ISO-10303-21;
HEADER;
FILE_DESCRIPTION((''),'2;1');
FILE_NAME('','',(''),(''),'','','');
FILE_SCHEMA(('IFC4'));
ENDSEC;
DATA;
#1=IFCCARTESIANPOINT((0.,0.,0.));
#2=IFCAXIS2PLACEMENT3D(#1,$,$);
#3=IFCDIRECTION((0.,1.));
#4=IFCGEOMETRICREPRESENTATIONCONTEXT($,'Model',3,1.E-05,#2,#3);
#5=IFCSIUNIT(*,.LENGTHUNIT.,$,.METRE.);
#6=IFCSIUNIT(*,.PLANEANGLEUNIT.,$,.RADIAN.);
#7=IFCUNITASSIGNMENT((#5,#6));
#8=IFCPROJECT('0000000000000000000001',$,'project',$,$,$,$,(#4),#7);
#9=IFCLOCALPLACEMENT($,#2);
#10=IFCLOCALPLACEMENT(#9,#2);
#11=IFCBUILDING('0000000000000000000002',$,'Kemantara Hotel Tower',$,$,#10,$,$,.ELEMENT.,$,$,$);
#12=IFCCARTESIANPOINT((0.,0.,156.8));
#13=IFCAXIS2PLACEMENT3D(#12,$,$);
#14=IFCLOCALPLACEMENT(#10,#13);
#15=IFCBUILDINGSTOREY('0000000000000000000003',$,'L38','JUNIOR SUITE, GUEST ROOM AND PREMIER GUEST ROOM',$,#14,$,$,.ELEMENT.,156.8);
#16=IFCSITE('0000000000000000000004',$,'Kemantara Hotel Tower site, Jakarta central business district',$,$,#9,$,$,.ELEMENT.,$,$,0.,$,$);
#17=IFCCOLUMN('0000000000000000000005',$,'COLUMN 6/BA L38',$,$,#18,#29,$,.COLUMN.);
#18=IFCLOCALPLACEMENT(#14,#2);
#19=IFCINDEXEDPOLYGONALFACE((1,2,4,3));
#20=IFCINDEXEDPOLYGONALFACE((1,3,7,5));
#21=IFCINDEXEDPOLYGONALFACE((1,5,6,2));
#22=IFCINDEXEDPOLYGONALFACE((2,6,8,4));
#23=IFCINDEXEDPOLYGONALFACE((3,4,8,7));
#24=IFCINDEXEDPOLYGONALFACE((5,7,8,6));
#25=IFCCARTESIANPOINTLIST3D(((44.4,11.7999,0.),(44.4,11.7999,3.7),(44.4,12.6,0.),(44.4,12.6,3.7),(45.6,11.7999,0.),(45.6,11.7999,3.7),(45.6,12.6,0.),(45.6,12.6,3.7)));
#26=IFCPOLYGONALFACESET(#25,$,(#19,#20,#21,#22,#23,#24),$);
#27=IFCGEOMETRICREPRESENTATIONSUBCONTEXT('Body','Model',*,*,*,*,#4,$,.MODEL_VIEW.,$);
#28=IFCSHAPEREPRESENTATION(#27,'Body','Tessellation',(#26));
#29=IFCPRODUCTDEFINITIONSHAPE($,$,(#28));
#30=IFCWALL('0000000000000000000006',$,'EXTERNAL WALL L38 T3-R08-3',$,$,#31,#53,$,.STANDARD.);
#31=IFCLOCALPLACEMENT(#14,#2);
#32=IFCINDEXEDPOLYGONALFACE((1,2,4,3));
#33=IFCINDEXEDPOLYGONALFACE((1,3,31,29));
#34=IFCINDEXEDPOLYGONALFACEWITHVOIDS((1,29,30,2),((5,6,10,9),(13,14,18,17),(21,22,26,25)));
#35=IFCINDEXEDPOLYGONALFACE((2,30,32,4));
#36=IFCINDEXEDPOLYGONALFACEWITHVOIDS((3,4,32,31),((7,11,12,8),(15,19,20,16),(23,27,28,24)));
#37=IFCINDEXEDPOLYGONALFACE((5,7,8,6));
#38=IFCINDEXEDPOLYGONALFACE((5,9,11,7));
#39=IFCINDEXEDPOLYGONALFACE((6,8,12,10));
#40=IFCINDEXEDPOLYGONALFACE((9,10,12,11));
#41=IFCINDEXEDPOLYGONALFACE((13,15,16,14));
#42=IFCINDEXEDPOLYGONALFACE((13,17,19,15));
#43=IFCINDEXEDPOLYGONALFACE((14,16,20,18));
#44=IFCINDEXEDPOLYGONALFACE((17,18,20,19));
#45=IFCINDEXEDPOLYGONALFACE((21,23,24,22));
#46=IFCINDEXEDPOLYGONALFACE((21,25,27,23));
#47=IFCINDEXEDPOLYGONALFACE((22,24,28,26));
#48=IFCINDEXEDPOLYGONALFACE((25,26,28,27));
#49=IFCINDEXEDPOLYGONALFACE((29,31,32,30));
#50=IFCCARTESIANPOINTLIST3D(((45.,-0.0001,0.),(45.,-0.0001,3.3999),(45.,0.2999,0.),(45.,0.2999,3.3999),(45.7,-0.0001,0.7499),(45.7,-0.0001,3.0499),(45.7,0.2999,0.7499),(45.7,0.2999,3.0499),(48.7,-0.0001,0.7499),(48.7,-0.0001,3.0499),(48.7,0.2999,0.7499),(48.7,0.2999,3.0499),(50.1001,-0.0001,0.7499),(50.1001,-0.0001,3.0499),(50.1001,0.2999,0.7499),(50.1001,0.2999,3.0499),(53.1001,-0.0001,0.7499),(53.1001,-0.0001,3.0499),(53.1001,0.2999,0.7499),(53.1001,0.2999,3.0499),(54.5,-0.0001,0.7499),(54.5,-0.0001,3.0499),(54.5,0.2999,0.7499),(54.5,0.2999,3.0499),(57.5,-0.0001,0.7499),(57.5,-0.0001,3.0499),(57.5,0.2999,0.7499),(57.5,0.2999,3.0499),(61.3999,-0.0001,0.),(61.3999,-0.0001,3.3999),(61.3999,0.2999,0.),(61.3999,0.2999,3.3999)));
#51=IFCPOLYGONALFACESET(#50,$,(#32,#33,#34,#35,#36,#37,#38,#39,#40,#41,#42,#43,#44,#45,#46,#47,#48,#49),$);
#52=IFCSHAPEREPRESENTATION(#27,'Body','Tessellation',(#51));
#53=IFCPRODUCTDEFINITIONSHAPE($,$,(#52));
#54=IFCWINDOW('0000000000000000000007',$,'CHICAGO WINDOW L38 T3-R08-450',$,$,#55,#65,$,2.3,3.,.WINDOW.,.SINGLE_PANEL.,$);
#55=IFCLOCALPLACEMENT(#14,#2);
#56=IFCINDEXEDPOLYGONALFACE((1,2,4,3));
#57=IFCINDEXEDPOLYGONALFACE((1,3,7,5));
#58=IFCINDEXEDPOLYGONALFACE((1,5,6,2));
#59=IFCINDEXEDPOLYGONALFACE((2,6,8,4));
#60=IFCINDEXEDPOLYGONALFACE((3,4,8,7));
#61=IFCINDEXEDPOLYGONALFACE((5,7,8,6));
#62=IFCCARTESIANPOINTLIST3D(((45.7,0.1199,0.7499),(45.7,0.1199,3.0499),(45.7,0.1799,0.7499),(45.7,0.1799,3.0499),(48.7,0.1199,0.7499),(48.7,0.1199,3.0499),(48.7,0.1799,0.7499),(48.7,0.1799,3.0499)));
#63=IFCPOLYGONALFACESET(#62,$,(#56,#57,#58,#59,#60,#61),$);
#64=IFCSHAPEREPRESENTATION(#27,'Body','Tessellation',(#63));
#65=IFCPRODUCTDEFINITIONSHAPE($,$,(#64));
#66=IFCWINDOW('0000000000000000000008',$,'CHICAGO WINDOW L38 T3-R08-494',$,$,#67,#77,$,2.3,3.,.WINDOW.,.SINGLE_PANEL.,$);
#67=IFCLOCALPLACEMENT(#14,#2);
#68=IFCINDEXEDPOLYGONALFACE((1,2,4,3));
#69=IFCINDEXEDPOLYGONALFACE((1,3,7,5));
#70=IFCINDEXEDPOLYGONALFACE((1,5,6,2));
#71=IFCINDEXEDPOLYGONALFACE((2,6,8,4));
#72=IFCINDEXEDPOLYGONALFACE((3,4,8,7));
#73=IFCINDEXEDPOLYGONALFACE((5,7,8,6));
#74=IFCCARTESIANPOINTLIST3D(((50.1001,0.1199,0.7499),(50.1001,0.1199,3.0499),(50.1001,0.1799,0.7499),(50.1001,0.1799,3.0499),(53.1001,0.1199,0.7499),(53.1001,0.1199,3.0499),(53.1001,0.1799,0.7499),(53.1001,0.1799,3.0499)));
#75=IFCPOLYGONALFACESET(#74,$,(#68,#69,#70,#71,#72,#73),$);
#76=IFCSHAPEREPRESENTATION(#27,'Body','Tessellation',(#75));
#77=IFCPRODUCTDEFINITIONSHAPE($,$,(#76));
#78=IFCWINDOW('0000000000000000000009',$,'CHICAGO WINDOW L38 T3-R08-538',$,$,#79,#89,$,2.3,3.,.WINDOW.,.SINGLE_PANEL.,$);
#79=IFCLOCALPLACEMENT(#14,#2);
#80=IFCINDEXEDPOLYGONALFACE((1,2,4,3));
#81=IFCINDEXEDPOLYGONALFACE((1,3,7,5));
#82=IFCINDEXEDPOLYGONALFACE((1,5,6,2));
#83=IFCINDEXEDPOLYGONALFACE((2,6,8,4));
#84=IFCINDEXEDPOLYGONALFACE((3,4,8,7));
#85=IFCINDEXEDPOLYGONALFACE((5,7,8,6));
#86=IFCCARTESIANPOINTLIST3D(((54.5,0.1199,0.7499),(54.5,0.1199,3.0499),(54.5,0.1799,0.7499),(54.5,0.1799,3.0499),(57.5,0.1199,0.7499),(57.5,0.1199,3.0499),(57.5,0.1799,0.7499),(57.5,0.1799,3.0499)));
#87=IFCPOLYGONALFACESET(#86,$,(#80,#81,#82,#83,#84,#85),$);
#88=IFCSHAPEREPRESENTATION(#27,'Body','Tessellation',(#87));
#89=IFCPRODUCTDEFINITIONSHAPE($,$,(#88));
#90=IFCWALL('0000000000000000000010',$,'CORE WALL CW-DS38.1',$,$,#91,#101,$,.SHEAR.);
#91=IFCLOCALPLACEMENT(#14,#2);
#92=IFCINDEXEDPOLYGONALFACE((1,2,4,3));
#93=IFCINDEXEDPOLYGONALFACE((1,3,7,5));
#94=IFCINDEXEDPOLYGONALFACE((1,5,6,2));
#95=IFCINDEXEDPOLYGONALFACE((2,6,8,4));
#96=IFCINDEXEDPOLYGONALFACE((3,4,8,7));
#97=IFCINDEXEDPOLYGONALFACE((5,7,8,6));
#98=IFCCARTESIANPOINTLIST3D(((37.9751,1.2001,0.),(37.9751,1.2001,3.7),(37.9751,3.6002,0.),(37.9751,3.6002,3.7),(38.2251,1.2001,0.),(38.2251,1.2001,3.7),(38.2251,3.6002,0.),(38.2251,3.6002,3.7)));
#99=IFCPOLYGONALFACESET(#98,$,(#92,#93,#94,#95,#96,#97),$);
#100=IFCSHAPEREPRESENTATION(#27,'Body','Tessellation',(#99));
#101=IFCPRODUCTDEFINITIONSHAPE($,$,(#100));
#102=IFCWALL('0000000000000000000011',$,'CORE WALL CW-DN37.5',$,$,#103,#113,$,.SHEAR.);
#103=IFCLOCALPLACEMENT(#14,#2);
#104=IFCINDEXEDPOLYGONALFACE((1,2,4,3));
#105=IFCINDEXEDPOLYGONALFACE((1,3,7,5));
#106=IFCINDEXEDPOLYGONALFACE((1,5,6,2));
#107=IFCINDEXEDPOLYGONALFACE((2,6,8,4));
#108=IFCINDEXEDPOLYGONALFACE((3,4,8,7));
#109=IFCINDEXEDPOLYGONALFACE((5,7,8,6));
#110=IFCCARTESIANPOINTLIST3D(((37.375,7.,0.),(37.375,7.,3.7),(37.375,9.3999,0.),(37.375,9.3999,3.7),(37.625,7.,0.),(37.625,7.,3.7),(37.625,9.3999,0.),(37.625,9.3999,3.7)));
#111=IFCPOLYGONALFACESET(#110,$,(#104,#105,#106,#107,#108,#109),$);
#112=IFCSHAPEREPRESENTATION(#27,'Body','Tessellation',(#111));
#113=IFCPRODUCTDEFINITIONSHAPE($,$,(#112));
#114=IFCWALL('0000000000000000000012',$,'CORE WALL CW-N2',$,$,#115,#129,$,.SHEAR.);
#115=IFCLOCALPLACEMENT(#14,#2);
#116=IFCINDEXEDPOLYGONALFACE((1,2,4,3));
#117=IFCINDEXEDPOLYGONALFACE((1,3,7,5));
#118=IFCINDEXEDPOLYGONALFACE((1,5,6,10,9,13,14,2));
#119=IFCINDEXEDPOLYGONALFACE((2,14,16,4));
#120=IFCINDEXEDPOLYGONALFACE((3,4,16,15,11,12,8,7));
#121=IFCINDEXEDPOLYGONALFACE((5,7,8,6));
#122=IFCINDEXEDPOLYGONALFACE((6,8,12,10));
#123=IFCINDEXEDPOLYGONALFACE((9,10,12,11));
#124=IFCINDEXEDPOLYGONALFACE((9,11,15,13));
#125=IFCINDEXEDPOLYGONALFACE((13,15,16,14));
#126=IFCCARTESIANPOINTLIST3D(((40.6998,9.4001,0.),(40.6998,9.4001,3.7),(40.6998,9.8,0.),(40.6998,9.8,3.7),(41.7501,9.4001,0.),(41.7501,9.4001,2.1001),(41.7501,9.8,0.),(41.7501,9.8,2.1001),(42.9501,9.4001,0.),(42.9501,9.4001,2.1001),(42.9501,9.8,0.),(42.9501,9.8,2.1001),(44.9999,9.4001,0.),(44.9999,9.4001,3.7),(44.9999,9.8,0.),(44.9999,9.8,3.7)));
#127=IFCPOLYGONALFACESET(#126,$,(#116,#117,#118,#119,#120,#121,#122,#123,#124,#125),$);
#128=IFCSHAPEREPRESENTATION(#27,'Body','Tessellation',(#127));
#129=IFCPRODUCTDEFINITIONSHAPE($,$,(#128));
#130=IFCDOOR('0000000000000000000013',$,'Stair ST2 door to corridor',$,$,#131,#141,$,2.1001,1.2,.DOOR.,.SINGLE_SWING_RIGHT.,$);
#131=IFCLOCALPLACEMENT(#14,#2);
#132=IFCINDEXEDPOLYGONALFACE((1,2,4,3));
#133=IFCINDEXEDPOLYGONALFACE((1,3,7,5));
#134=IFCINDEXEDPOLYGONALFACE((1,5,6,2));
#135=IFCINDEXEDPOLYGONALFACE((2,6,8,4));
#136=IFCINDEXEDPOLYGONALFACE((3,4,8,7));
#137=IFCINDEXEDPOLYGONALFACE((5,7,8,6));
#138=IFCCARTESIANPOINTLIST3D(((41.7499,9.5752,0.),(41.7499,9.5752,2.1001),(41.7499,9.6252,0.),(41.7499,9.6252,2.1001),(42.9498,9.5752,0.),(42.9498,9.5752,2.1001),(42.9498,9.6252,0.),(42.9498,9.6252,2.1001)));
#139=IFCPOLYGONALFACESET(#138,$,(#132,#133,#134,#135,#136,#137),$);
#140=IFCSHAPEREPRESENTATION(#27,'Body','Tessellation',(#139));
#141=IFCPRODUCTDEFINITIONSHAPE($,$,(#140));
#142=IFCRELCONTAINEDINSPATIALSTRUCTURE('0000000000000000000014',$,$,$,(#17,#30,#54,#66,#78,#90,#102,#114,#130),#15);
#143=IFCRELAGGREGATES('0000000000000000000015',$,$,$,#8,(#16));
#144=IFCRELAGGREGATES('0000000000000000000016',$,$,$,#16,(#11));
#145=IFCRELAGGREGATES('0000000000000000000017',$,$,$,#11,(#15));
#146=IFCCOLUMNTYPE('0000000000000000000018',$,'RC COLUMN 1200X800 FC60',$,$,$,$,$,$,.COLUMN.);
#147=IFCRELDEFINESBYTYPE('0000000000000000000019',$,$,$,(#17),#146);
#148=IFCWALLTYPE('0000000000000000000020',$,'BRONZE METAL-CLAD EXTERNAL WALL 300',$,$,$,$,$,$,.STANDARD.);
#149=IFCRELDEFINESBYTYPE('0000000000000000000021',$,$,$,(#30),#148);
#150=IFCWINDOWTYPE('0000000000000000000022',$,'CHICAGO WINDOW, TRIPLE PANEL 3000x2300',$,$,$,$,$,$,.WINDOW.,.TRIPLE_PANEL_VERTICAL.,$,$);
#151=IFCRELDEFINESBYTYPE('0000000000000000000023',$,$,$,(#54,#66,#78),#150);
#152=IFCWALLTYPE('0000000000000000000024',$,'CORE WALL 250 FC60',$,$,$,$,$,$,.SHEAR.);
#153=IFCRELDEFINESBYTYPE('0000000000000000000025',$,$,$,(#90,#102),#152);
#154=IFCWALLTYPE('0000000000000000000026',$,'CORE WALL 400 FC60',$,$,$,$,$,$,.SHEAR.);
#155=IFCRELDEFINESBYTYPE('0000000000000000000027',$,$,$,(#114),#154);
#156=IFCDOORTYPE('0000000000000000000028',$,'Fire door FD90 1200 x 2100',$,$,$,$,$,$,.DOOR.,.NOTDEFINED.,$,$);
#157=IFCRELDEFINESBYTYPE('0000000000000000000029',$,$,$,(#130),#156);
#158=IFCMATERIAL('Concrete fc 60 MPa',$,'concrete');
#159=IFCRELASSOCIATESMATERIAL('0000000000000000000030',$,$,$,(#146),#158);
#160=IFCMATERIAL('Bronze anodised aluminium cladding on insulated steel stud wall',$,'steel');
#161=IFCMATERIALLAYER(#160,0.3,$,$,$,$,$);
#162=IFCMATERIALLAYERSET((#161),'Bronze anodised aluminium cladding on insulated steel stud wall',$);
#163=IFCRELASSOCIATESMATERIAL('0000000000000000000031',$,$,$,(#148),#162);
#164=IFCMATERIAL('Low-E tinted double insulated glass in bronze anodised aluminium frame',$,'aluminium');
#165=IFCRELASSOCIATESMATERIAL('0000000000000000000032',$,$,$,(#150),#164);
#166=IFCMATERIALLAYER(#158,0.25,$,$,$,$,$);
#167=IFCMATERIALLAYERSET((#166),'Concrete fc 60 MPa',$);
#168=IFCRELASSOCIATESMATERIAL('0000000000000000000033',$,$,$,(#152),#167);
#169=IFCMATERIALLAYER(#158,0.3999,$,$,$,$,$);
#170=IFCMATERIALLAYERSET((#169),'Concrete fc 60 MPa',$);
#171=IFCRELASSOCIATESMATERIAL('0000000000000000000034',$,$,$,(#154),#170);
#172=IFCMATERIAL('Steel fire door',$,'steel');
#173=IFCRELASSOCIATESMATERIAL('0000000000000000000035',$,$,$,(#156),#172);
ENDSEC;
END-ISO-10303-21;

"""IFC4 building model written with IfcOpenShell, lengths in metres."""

from ifc_helpers import new_model, si_unit, direction, frame, frame_2d, origin, origin_2d, place, context, subcontext, project, spatial, rectangle, extrude, material, layer, layer_set, material_profile, profile_set, type_object, element, fill, save


model = new_model("IFC4")

# Units and contexts
model_context = context("Model", 3, precision=1e-05, world=origin(), true_north=direction((0.0, 1.0)))
body_context = subcontext(model_context, "Body", "Model", "MODEL_VIEW")
ifc_project = project(units=[si_unit("LENGTHUNIT", "METRE"), si_unit("PLANEANGLEUNIT", "RADIAN")], contexts=[model_context])

# Site, building, storey
site_placement = place(None, origin())
site = spatial("IfcSite", under=ifc_project, at=site_placement, Name="Kemantara Hotel Tower site, Jakarta central business district", CompositionType="ELEMENT", RefElevation=0.0)
building_placement = place(site_placement, origin())
building = spatial("IfcBuilding", under=site, at=building_placement, Name="Kemantara Hotel Tower", CompositionType="ELEMENT")
storey_placement = place(building_placement, frame((0.0, 0.0, 156.8)))
storey = spatial("IfcBuildingStorey", under=building, at=storey_placement, Name="L38", Description="JUNIOR SUITE, GUEST ROOM AND PREMIER GUEST ROOM", CompositionType="ELEMENT", Elevation=156.8)

# Column
ifc_material_1 = material(Name="Concrete fc 60 MPa", Category="concrete")
ifc_material_profile = material_profile(ifc_material_1, rectangle(XDim=1.2, YDim=0.8, at=origin_2d()), Name="RC 1200X800")
ifc_profile_set = profile_set([ifc_material_profile], Name="Concrete fc 60 MPa")
column_type = type_object("IfcColumnType", Name="RC COLUMN 1200X800 FC60", PredefinedType="COLUMN", material=ifc_profile_set)
column_placement = place(storey_placement, frame((45.0, 12.2, 0.0), z_axis=(0.0, 0.0, 1.0), x_axis=(1.0, 0.0, 0.0)))
element("IfcColumn", 1, at=column_placement, inside=storey, type_object=column_type, Name="COLUMN 6/BA L38", PredefinedType="COLUMN", context=body_context, shape_type="SweptSolid", body=[
    extrude(rectangle(XDim=1.2, YDim=0.8, at=origin_2d()), origin(), (0.0, 0.0, 1.0), 3.7),
])

# Wall, openings, windows
ifc_material_2 = material(Name="Bronze anodised aluminium cladding on insulated steel stud wall", Category="steel")
ifc_layer_1 = layer(ifc_material_2, 0.3)
ifc_layer_set_1 = layer_set([ifc_layer_1], Name="Bronze anodised aluminium cladding on insulated steel stud wall")
wall_type_1 = type_object("IfcWallType", Name="BRONZE METAL-CLAD EXTERNAL WALL 300", PredefinedType="STANDARD", material=ifc_layer_set_1)
wall_1_placement = place(storey_placement, frame((45.0, 0.1499, 0.0), z_axis=(0.0, 0.0, 1.0), x_axis=(1.0, 0.0, 0.0)))
wall_1 = element("IfcWall", 2, at=wall_1_placement, inside=storey, type_object=wall_type_1, Name="EXTERNAL WALL L38 T3-R08-3", PredefinedType="STANDARD", context=body_context, shape_type="SweptSolid", body=[
    extrude(rectangle(XDim=16.3999, YDim=0.3, at=frame_2d((8.2, 0.0))), origin(), (0.0, 0.0, 1.0), 3.3999),
])
opening_1_placement = place(wall_1_placement, frame((0.7, 0.0, 0.75)))
opening_1 = element("IfcOpeningElement", 3, at=opening_1_placement, cuts=wall_1, PredefinedType="OPENING", context=body_context, shape_type="SweptSolid", body=[
    extrude(rectangle(XDim=3.0, YDim=2.3, at=frame_2d((1.5, 1.1499))), frame((0.0, 0.1599, 0.0), z_axis=(0.0, -1.0, 0.0), x_axis=(1.0, 0.0, 0.0)), (0.0, 0.0, 1.0), 0.3201),
])
opening_2_placement = place(wall_1_placement, frame((5.1001, 0.0, 0.75)))
opening_2 = element("IfcOpeningElement", 4, at=opening_2_placement, cuts=wall_1, PredefinedType="OPENING", context=body_context, shape_type="SweptSolid", body=[
    extrude(rectangle(XDim=3.0, YDim=2.3, at=frame_2d((1.5, 1.1499))), frame((0.0, 0.1599, 0.0), z_axis=(0.0, -1.0, 0.0), x_axis=(1.0, 0.0, 0.0)), (0.0, 0.0, 1.0), 0.3201),
])
opening_3_placement = place(wall_1_placement, frame((9.5, 0.0, 0.75)))
opening_3 = element("IfcOpeningElement", 5, at=opening_3_placement, cuts=wall_1, PredefinedType="OPENING", context=body_context, shape_type="SweptSolid", body=[
    extrude(rectangle(XDim=3.0, YDim=2.3, at=frame_2d((1.5, 1.1499))), frame((0.0, 0.1599, 0.0), z_axis=(0.0, -1.0, 0.0), x_axis=(1.0, 0.0, 0.0)), (0.0, 0.0, 1.0), 0.3201),
])
ifc_material_3 = material(Name="Low-E tinted double insulated glass in bronze anodised aluminium frame", Category="aluminium")
window_type = type_object("IfcWindowType", Name="CHICAGO WINDOW, TRIPLE PANEL 3000x2300", PartitioningType="TRIPLE_PANEL_VERTICAL", PredefinedType="WINDOW", material=ifc_material_3)
window_1_placement = place(opening_1_placement, origin())
window_1 = element("IfcWindow", 6, at=window_1_placement, inside=storey, type_object=window_type, Name="CHICAGO WINDOW L38 T3-R08-450", OverallHeight=2.3, OverallWidth=3.0, PartitioningType="SINGLE_PANEL", PredefinedType="WINDOW", context=body_context, shape_type="SweptSolid", body=[
    extrude(rectangle(XDim=3.0, YDim=2.3, at=frame_2d((1.5, 1.1499))), frame((0.0, 0.03, 0.0), z_axis=(0.0, -1.0, 0.0), x_axis=(1.0, 0.0, 0.0)), (0.0, 0.0, 1.0), 0.0601),
])
fill(opening_1, window_1)
window_2_placement = place(opening_2_placement, origin())
window_2 = element("IfcWindow", 7, at=window_2_placement, inside=storey, type_object=window_type, Name="CHICAGO WINDOW L38 T3-R08-494", OverallHeight=2.3, OverallWidth=3.0, PartitioningType="SINGLE_PANEL", PredefinedType="WINDOW", context=body_context, shape_type="SweptSolid", body=[
    extrude(rectangle(XDim=3.0, YDim=2.3, at=frame_2d((1.5, 1.1499))), frame((0.0, 0.03, 0.0), z_axis=(0.0, -1.0, 0.0), x_axis=(1.0, 0.0, 0.0)), (0.0, 0.0, 1.0), 0.0601),
])
fill(opening_2, window_2)
window_3_placement = place(opening_3_placement, origin())
window_3 = element("IfcWindow", 8, at=window_3_placement, inside=storey, type_object=window_type, Name="CHICAGO WINDOW L38 T3-R08-538", OverallHeight=2.3, OverallWidth=3.0, PartitioningType="SINGLE_PANEL", PredefinedType="WINDOW", context=body_context, shape_type="SweptSolid", body=[
    extrude(rectangle(XDim=3.0, YDim=2.3, at=frame_2d((1.5, 1.1499))), frame((0.0, 0.03, 0.0), z_axis=(0.0, -1.0, 0.0), x_axis=(1.0, 0.0, 0.0)), (0.0, 0.0, 1.0), 0.0601),
])
fill(opening_3, window_3)

# Walls
ifc_layer_2 = layer(ifc_material_1, 0.25)
ifc_layer_set_2 = layer_set([ifc_layer_2], Name="Concrete fc 60 MPa")
wall_type_2 = type_object("IfcWallType", Name="CORE WALL 250 FC60", PredefinedType="SHEAR", material=ifc_layer_set_2)
wall_2_placement = place(storey_placement, frame((38.1001, 1.2, 0.0), z_axis=(0.0, 0.0, 1.0), x_axis=(0.0, 1.0, 0.0)))
element("IfcWall", 9, at=wall_2_placement, inside=storey, type_object=wall_type_2, Name="CORE WALL CW-DS38.1", PredefinedType="SHEAR", context=body_context, shape_type="SweptSolid", body=[
    extrude(rectangle(XDim=2.4001, YDim=0.25, at=frame_2d((1.2002, 0.0))), origin(), (0.0, 0.0, 1.0), 3.7),
])
wall_3_placement = place(storey_placement, frame((37.5, 7.0, 0.0), z_axis=(0.0, 0.0, 1.0), x_axis=(0.0, 1.0, 0.0)))
element("IfcWall", 10, at=wall_3_placement, inside=storey, type_object=wall_type_2, Name="CORE WALL CW-DN37.5", PredefinedType="SHEAR", context=body_context, shape_type="SweptSolid", body=[
    extrude(rectangle(XDim=2.3999, YDim=0.25, at=frame_2d((1.2, 0.0))), origin(), (0.0, 0.0, 1.0), 3.7),
])

# Wall, opening, door
ifc_layer_3 = layer(ifc_material_1, 0.3999)
ifc_layer_set_3 = layer_set([ifc_layer_3], Name="Concrete fc 60 MPa")
wall_type_3 = type_object("IfcWallType", Name="CORE WALL 400 FC60", PredefinedType="SHEAR", material=ifc_layer_set_3)
wall_4_placement = place(storey_placement, frame((40.7, 9.6001, 0.0), z_axis=(0.0, 0.0, 1.0), x_axis=(1.0, 0.0, 0.0)))
wall_4 = element("IfcWall", 11, at=wall_4_placement, inside=storey, type_object=wall_type_3, Name="CORE WALL CW-N2", PredefinedType="SHEAR", context=body_context, shape_type="SweptSolid", body=[
    extrude(rectangle(XDim=4.3, YDim=0.3999, at=frame_2d((2.1499, 0.0))), origin(), (0.0, 0.0, 1.0), 3.7),
])
opening_4_placement = place(wall_4_placement, frame((1.05, 0.0, 0.0)))
opening_4 = element("IfcOpeningElement", 12, at=opening_4_placement, cuts=wall_4, PredefinedType="OPENING", context=body_context, shape_type="SweptSolid", body=[
    extrude(rectangle(XDim=1.2, YDim=2.1001, at=frame_2d((0.6001, 1.05))), frame((0.0, 0.21, 0.0), z_axis=(0.0, -1.0, 0.0), x_axis=(1.0, 0.0, 0.0)), (0.0, 0.0, 1.0), 0.4199),
])
ifc_material_4 = material(Name="Steel fire door", Category="steel")
door_type_1 = type_object("IfcDoorType", Name="Fire door FD90 1200 x 2100", OperationType="NOTDEFINED", PredefinedType="DOOR", material=ifc_material_4)
door_1_placement = place(opening_4_placement, frame((1.2, 0.0, 0.0), z_axis=(0.0, 0.0, 1.0), x_axis=(-1.0, 0.0, 0.0)))
door_1 = element("IfcDoor", 13, at=door_1_placement, inside=storey, type_object=door_type_1, Name="Stair ST2 door to corridor", OperationType="SINGLE_SWING_RIGHT", OverallHeight=2.1001, OverallWidth=1.2, PredefinedType="DOOR", context=body_context, shape_type="SweptSolid", body=[
    extrude(rectangle(XDim=1.2, YDim=2.1001, at=frame_2d((0.6001, 1.05))), frame((0.0, 0.0249, 0.0), z_axis=(0.0, -1.0, 0.0), x_axis=(1.0, 0.0, 0.0)), (0.0, 0.0, 1.0), 0.05),
])
fill(opening_4, door_1)

save(model, "model.ifc")
